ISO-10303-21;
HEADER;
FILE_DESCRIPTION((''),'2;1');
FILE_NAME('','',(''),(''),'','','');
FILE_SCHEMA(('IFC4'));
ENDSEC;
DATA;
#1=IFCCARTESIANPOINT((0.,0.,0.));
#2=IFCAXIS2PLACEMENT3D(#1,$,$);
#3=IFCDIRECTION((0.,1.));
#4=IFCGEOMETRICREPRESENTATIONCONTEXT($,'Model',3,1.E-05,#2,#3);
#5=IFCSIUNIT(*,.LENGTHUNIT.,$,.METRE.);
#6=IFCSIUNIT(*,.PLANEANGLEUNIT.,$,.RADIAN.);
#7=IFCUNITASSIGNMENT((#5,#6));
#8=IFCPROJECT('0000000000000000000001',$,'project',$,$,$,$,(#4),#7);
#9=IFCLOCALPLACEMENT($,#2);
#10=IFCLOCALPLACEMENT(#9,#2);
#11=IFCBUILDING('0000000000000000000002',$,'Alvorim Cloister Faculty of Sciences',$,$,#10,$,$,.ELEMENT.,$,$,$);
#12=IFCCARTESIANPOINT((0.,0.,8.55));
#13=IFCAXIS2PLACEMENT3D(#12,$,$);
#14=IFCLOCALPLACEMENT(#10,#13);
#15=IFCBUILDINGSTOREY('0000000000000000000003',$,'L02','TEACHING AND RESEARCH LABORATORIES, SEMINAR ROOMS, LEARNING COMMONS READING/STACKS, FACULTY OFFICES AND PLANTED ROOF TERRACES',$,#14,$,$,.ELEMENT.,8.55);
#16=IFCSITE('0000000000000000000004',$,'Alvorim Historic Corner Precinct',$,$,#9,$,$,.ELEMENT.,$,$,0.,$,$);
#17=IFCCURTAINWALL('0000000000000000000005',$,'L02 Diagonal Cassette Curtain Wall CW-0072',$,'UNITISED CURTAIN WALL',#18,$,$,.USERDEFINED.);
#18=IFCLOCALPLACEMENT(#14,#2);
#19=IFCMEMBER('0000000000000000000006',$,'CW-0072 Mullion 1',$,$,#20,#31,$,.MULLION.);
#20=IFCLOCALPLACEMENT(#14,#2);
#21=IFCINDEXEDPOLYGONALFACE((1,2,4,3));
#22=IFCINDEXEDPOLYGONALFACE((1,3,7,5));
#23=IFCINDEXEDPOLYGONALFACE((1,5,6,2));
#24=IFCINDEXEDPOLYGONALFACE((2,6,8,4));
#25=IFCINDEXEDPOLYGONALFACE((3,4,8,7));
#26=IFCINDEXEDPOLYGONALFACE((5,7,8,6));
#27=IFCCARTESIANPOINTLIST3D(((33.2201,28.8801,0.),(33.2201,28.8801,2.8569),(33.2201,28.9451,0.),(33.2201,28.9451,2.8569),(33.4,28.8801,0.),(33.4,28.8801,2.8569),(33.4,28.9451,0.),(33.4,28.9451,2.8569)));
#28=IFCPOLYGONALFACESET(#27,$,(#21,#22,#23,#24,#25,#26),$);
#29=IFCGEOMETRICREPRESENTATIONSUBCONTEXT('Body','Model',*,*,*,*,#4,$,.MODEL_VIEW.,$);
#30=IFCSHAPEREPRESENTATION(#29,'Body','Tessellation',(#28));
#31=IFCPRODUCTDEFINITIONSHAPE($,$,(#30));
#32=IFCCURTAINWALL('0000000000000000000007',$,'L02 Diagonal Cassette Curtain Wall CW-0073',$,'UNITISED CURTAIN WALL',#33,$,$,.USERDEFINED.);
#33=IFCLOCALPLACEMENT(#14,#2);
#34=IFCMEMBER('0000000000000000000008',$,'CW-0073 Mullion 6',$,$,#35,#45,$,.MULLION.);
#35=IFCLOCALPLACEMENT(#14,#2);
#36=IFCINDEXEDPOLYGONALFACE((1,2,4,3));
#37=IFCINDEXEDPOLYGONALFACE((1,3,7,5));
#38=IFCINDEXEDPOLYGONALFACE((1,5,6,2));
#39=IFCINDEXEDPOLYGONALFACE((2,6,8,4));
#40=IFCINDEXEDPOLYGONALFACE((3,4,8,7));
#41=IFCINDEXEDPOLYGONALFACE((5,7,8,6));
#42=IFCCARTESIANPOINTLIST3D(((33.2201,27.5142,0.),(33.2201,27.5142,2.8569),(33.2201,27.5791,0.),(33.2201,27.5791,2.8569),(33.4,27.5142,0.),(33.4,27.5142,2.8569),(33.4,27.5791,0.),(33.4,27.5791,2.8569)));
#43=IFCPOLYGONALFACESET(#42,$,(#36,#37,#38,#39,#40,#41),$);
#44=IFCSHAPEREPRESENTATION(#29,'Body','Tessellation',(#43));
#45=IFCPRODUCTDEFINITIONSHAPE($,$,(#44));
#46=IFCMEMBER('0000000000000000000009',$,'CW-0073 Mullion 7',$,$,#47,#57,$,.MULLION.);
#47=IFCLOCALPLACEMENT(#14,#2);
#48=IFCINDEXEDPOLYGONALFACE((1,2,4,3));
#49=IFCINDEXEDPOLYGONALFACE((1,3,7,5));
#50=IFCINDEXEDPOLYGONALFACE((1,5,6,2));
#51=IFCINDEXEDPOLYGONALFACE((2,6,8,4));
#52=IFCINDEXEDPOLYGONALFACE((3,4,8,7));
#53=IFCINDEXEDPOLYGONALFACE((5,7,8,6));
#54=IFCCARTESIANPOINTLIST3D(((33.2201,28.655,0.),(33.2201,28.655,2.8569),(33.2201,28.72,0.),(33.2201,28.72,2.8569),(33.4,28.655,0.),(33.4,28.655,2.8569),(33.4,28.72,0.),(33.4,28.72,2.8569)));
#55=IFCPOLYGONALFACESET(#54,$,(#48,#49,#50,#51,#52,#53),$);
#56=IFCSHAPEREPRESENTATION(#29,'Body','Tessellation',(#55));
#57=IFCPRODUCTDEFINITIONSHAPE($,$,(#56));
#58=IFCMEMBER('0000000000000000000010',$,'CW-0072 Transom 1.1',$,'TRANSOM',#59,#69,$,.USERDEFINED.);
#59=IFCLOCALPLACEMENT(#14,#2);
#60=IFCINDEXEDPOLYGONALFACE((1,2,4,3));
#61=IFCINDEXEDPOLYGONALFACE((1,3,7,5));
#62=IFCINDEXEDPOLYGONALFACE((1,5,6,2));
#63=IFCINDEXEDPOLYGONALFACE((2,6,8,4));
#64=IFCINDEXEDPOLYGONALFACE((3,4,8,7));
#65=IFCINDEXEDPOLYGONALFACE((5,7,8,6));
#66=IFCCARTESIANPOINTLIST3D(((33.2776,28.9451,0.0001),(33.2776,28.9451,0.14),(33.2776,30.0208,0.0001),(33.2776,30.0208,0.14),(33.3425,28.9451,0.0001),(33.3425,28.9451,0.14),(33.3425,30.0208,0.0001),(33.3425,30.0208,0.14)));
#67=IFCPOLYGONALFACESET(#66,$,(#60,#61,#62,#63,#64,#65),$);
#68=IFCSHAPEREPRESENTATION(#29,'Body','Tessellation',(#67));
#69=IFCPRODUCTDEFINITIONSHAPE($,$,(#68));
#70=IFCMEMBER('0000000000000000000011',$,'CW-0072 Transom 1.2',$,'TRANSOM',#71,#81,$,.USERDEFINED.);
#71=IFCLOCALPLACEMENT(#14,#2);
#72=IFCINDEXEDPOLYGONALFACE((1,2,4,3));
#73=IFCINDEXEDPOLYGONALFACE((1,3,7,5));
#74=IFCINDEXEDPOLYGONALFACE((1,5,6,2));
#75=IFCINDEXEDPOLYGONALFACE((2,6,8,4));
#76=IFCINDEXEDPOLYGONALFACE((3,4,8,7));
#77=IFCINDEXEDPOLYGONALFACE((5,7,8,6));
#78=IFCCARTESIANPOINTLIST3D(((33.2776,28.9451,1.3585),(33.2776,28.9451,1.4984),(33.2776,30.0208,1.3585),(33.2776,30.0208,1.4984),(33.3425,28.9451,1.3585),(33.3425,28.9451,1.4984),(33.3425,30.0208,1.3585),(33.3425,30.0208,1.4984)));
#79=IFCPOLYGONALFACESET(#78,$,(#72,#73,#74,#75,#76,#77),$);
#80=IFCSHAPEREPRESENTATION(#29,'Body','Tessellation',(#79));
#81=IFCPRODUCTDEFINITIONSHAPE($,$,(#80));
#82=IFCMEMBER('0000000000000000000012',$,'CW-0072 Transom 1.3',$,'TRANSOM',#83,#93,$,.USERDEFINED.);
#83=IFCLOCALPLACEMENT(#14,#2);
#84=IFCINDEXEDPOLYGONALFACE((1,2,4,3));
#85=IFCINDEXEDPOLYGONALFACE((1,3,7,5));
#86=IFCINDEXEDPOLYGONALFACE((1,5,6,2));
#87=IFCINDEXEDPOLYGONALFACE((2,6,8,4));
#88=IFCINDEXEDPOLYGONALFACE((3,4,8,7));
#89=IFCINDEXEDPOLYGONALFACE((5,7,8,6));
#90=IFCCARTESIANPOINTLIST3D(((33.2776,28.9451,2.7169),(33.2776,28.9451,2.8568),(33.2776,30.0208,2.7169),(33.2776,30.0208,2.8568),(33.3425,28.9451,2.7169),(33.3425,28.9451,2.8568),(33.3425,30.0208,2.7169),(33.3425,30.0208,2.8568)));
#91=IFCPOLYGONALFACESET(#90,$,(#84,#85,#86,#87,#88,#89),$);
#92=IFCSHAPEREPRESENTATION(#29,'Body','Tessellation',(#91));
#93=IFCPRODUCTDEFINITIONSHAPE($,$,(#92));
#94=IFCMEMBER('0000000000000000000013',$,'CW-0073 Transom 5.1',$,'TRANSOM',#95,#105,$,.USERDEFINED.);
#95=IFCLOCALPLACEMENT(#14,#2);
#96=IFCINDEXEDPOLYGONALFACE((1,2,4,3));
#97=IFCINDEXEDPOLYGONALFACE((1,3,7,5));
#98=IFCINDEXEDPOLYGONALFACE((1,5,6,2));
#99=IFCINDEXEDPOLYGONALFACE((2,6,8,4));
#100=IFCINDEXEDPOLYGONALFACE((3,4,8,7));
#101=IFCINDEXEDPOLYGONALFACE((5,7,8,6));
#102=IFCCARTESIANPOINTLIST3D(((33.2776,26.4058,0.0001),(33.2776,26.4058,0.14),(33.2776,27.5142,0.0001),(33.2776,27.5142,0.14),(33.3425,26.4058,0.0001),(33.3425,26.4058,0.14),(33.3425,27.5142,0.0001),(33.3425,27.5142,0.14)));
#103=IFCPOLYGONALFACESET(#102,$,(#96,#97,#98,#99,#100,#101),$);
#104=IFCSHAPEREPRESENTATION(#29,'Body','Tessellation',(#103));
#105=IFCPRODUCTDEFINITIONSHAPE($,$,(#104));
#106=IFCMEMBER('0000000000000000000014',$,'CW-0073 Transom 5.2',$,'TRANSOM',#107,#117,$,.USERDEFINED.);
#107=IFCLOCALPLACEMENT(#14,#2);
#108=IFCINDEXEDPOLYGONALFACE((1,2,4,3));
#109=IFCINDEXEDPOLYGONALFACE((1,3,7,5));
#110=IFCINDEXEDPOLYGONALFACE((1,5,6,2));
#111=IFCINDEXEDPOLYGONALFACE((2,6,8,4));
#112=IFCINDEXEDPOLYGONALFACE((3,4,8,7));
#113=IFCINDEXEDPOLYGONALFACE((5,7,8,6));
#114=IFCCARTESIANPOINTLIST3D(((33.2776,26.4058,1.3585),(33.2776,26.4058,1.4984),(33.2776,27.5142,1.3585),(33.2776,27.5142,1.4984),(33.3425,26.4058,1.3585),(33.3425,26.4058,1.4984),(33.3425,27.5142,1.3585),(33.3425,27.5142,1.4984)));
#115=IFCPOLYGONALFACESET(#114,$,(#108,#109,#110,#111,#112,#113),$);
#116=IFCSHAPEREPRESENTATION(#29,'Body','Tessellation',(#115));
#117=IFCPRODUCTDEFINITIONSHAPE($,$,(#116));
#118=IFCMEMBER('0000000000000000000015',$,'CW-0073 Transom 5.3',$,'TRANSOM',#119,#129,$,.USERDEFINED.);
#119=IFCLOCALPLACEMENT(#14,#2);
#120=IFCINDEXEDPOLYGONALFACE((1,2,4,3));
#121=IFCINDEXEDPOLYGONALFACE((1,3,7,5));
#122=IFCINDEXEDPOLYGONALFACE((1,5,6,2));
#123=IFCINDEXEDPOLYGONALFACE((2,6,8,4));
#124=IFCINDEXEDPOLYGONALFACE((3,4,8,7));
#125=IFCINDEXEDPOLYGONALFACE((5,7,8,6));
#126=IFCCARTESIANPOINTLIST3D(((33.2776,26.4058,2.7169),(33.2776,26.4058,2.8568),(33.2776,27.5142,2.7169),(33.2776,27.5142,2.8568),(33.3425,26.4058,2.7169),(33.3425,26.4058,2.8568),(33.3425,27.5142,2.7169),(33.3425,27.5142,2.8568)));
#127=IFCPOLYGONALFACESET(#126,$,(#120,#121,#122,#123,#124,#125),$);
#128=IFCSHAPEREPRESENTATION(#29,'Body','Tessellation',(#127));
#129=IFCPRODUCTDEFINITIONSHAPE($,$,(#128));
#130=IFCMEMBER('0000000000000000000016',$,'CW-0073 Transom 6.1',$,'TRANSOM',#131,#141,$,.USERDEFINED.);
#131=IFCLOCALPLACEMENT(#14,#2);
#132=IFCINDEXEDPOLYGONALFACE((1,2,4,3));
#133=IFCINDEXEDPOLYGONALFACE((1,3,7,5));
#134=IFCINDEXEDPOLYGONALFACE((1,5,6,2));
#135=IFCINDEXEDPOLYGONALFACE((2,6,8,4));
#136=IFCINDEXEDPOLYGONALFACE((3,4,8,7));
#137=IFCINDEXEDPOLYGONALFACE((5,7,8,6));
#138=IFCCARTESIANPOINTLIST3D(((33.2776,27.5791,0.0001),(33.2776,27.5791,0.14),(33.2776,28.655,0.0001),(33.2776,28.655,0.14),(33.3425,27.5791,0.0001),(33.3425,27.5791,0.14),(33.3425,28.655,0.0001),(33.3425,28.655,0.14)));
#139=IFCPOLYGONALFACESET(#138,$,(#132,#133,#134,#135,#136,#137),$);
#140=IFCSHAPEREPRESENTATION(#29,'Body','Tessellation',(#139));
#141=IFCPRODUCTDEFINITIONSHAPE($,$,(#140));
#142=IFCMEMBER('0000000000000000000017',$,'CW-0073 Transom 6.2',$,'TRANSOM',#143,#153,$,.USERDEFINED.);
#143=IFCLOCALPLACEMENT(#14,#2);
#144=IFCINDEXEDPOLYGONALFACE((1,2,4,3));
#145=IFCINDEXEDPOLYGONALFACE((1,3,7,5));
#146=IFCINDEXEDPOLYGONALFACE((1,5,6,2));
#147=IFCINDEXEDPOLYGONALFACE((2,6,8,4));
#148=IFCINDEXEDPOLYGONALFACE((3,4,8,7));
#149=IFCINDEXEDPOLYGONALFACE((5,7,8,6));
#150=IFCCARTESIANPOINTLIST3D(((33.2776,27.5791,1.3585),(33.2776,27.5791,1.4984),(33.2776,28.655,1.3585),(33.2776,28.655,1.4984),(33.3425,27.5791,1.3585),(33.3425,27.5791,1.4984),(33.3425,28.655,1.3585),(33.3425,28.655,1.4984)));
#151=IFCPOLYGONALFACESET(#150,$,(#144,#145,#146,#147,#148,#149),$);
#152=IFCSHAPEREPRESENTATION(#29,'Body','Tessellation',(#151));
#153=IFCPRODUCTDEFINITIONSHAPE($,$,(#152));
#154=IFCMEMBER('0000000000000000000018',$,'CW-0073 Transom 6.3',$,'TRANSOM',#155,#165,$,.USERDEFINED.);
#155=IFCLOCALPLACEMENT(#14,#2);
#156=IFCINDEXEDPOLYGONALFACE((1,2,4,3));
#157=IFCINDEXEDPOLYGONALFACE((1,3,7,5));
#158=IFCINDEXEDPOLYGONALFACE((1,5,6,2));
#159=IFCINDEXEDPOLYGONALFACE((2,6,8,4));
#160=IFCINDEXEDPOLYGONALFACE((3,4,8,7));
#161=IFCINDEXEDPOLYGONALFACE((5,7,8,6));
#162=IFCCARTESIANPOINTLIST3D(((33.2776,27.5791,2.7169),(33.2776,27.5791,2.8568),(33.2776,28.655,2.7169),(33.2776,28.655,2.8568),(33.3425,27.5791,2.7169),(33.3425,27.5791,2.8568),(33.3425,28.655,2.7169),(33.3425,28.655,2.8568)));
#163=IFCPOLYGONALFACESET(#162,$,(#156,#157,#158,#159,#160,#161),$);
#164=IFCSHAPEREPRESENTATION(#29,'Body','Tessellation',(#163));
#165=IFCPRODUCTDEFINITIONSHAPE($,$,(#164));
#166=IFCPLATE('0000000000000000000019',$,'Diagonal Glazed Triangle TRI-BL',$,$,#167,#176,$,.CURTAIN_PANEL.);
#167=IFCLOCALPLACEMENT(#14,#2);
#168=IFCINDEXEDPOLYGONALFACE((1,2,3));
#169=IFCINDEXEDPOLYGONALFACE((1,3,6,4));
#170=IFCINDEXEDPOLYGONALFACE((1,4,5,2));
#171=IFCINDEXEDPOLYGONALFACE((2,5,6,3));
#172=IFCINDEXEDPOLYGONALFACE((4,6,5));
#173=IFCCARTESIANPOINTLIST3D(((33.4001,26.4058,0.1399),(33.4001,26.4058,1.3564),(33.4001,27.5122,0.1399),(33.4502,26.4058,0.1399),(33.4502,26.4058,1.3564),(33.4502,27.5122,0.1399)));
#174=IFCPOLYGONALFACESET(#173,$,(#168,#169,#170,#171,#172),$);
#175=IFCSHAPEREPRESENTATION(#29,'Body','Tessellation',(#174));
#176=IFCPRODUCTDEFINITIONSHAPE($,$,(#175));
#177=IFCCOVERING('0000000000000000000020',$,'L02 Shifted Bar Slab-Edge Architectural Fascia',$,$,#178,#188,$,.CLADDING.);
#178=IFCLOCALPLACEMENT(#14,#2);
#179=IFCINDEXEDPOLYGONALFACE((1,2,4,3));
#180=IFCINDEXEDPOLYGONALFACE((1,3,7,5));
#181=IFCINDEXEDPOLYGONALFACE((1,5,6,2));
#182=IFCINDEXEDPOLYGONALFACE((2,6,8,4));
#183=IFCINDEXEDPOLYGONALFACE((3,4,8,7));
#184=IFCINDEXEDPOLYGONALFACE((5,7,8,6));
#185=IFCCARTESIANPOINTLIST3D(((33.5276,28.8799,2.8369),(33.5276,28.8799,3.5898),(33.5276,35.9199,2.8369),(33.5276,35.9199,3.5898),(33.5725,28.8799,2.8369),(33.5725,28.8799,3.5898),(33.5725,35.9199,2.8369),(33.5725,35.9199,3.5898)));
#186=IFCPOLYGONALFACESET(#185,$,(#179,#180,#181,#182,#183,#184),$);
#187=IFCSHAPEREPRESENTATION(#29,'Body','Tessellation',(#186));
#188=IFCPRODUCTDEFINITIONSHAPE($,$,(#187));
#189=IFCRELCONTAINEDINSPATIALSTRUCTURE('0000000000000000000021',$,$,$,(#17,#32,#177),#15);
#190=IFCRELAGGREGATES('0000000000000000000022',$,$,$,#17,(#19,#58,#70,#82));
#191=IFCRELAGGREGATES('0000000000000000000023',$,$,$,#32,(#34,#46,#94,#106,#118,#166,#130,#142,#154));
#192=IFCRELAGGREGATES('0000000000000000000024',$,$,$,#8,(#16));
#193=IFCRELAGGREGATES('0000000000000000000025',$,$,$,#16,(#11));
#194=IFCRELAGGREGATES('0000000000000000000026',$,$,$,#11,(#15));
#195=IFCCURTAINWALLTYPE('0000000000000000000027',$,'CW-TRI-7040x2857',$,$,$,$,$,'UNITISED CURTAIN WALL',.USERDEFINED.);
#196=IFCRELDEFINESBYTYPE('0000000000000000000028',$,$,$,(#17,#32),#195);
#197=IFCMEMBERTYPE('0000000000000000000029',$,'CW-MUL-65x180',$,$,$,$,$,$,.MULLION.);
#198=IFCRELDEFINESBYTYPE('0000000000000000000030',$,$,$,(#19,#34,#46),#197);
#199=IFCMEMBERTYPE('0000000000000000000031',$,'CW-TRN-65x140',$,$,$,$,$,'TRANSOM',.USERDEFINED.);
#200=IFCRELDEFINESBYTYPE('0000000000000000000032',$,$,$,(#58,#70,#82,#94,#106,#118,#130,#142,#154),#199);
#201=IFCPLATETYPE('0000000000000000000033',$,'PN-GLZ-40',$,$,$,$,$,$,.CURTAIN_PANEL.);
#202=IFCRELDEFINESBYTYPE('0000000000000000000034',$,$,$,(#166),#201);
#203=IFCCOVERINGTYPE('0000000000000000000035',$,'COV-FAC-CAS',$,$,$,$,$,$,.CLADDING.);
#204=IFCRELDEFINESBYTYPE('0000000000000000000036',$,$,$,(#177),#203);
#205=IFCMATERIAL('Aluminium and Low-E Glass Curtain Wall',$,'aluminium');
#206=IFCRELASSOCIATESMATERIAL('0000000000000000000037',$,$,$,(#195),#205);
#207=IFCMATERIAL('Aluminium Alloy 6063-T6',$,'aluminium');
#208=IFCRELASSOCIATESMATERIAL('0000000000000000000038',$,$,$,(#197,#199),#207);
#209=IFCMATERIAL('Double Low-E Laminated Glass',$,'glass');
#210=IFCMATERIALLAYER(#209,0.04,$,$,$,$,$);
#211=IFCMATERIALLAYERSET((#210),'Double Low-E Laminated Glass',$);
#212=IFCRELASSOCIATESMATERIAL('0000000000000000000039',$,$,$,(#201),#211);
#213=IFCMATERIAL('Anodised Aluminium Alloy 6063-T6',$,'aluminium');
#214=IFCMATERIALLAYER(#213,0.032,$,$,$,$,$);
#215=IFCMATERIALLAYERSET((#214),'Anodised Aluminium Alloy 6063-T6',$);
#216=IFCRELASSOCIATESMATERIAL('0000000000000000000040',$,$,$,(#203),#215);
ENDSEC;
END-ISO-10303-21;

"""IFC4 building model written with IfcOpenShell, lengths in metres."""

from ifc_helpers import new_model, si_unit, direction, frame, origin, origin_2d, place, context, subcontext, project, spatial, polyline, rectangle, outline, extrude, material, layer, layer_set, material_profile, profile_set, type_object, element, aggregate, save


model = new_model("IFC4")

# Units and contexts
model_context = context("Model", 3, precision=1e-05, world=origin(), true_north=direction((0.0, 1.0)))
body_context = subcontext(model_context, "Body", "Model", "MODEL_VIEW")
ifc_project = project(units=[si_unit("LENGTHUNIT", "METRE"), si_unit("PLANEANGLEUNIT", "RADIAN")], contexts=[model_context])

# Site, building, storey
site_placement = place(None, origin())
site = spatial("IfcSite", under=ifc_project, at=site_placement, Name="Alvorim Historic Corner Precinct", CompositionType="ELEMENT", RefElevation=0.0)
building_placement = place(site_placement, origin())
building = spatial("IfcBuilding", under=site, at=building_placement, Name="Alvorim Cloister Faculty of Sciences", CompositionType="ELEMENT")
storey_placement = place(building_placement, frame((0.0, 0.0, 8.55)))
storey = spatial("IfcBuildingStorey", under=building, at=storey_placement, Name="L02", Description="TEACHING AND RESEARCH LABORATORIES, SEMINAR ROOMS, LEARNING COMMONS READING/STACKS, FACULTY OFFICES AND PLANTED ROOF TERRACES", CompositionType="ELEMENT", Elevation=8.55)

# Curtain wall, member
ifc_material_1 = material(Name="Aluminium and Low-E Glass Curtain Wall", Category="aluminium")
curtain_wall_type = type_object("IfcCurtainWallType", Name="CW-TRI-7040x2857", ElementType="UNITISED CURTAIN WALL", PredefinedType="USERDEFINED", material=ifc_material_1)
curtain_wall_1_placement = place(storey_placement, origin())
curtain_wall_1 = element("IfcCurtainWall", 1, at=curtain_wall_1_placement, inside=storey, type_object=curtain_wall_type, Name="L02 Diagonal Cassette Curtain Wall CW-0072", ObjectType="UNITISED CURTAIN WALL", PredefinedType="USERDEFINED")
ifc_material_2 = material(Name="Aluminium Alloy 6063-T6", Category="aluminium")
ifc_material_profile_1 = material_profile(ifc_material_2, rectangle(XDim=0.0649, YDim=0.1799, at=origin_2d()), Name="ALU-MUL-65x180")
ifc_profile_set_1 = profile_set([ifc_material_profile_1], Name="Aluminium Alloy 6063-T6")
member_type_1 = type_object("IfcMemberType", Name="CW-MUL-65x180", PredefinedType="MULLION", material=ifc_profile_set_1)
member_1_placement = place(storey_placement, frame((33.3101, 28.9126, 0.0), z_axis=(0.0, 0.0, 1.0), x_axis=(0.0, 1.0, 0.0)))
member_1 = element("IfcMember", 2, at=member_1_placement, type_object=member_type_1, Name="CW-0072 Mullion 1", PredefinedType="MULLION", context=body_context, shape_type="SweptSolid", body=[
    extrude(rectangle(XDim=0.0649, YDim=0.1799, at=origin_2d()), origin(), (0.0, 0.0, 1.0), 2.8569),
])

# Curtain wall, members
curtain_wall_2_placement = place(storey_placement, origin())
curtain_wall_2 = element("IfcCurtainWall", 3, at=curtain_wall_2_placement, inside=storey, type_object=curtain_wall_type, Name="L02 Diagonal Cassette Curtain Wall CW-0073", ObjectType="UNITISED CURTAIN WALL", PredefinedType="USERDEFINED")
member_2_placement = place(storey_placement, frame((33.3101, 27.5466, 0.0), z_axis=(0.0, 0.0, 1.0), x_axis=(0.0, 1.0, 0.0)))
member_2 = element("IfcMember", 4, at=member_2_placement, type_object=member_type_1, Name="CW-0073 Mullion 6", PredefinedType="MULLION", context=body_context, shape_type="SweptSolid", body=[
    extrude(rectangle(XDim=0.0649, YDim=0.1799, at=origin_2d()), origin(), (0.0, 0.0, 1.0), 2.8569),
])
member_3_placement = place(storey_placement, frame((33.3101, 28.6875, 0.0), z_axis=(0.0, 0.0, 1.0), x_axis=(0.0, 1.0, 0.0)))
member_3 = element("IfcMember", 5, at=member_3_placement, type_object=member_type_1, Name="CW-0073 Mullion 7", PredefinedType="MULLION", context=body_context, shape_type="SweptSolid", body=[
    extrude(rectangle(XDim=0.0649, YDim=0.1799, at=origin_2d()), origin(), (0.0, 0.0, 1.0), 2.8569),
])

# Members
ifc_material_profile_2 = material_profile(ifc_material_2, rectangle(XDim=0.0649, YDim=0.1399, at=origin_2d()), Name="ALU-TRN-65x140")
ifc_profile_set_2 = profile_set([ifc_material_profile_2], Name="Aluminium Alloy 6063-T6")
member_type_2 = type_object("IfcMemberType", Name="CW-TRN-65x140", ElementType="TRANSOM", PredefinedType="USERDEFINED", material=ifc_profile_set_2)
member_4_placement = place(storey_placement, frame((33.3101, 28.9451, 0.0701), z_axis=(0.0, 1.0, 0.0), x_axis=(-1.0, 0.0, 0.0)))
member_4 = element("IfcMember", 6, at=member_4_placement, type_object=member_type_2, Name="CW-0072 Transom 1.1", ObjectType="TRANSOM", PredefinedType="USERDEFINED", context=body_context, shape_type="SweptSolid", body=[
    extrude(rectangle(XDim=0.0649, YDim=0.1399, at=origin_2d()), origin(), (0.0, 0.0, 1.0), 1.0757),
])
member_5_placement = place(storey_placement, frame((33.3101, 28.9451, 1.4285), z_axis=(0.0, 1.0, 0.0), x_axis=(-1.0, 0.0, 0.0)))
member_5 = element("IfcMember", 7, at=member_5_placement, type_object=member_type_2, Name="CW-0072 Transom 1.2", ObjectType="TRANSOM", PredefinedType="USERDEFINED", context=body_context, shape_type="SweptSolid", body=[
    extrude(rectangle(XDim=0.0649, YDim=0.1399, at=origin_2d()), origin(), (0.0, 0.0, 1.0), 1.0757),
])
member_6_placement = place(storey_placement, frame((33.3101, 28.9451, 2.7869), z_axis=(0.0, 1.0, 0.0), x_axis=(-1.0, 0.0, 0.0)))
member_6 = element("IfcMember", 8, at=member_6_placement, type_object=member_type_2, Name="CW-0072 Transom 1.3", ObjectType="TRANSOM", PredefinedType="USERDEFINED", context=body_context, shape_type="SweptSolid", body=[
    extrude(rectangle(XDim=0.0649, YDim=0.1399, at=origin_2d()), origin(), (0.0, 0.0, 1.0), 1.0757),
])
member_7_placement = place(storey_placement, frame((33.3101, 26.4058, 0.0701), z_axis=(0.0, 1.0, 0.0), x_axis=(-1.0, 0.0, 0.0)))
member_7 = element("IfcMember", 9, at=member_7_placement, type_object=member_type_2, Name="CW-0073 Transom 5.1", ObjectType="TRANSOM", PredefinedType="USERDEFINED", context=body_context, shape_type="SweptSolid", body=[
    extrude(rectangle(XDim=0.0649, YDim=0.1399, at=origin_2d()), origin(), (0.0, 0.0, 1.0), 1.1084),
])
member_8_placement = place(storey_placement, frame((33.3101, 26.4058, 1.4285), z_axis=(0.0, 1.0, 0.0), x_axis=(-1.0, 0.0, 0.0)))
member_8 = element("IfcMember", 10, at=member_8_placement, type_object=member_type_2, Name="CW-0073 Transom 5.2", ObjectType="TRANSOM", PredefinedType="USERDEFINED", context=body_context, shape_type="SweptSolid", body=[
    extrude(rectangle(XDim=0.0649, YDim=0.1399, at=origin_2d()), origin(), (0.0, 0.0, 1.0), 1.1084),
])
member_9_placement = place(storey_placement, frame((33.3101, 26.4058, 2.7869), z_axis=(0.0, 1.0, 0.0), x_axis=(-1.0, 0.0, 0.0)))
member_9 = element("IfcMember", 11, at=member_9_placement, type_object=member_type_2, Name="CW-0073 Transom 5.3", ObjectType="TRANSOM", PredefinedType="USERDEFINED", context=body_context, shape_type="SweptSolid", body=[
    extrude(rectangle(XDim=0.0649, YDim=0.1399, at=origin_2d()), origin(), (0.0, 0.0, 1.0), 1.1084),
])
member_10_placement = place(storey_placement, frame((33.3101, 27.5791, 0.0701), z_axis=(0.0, 1.0, 0.0), x_axis=(-1.0, 0.0, 0.0)))
member_10 = element("IfcMember", 12, at=member_10_placement, type_object=member_type_2, Name="CW-0073 Transom 6.1", ObjectType="TRANSOM", PredefinedType="USERDEFINED", context=body_context, shape_type="SweptSolid", body=[
    extrude(rectangle(XDim=0.0649, YDim=0.1399, at=origin_2d()), origin(), (0.0, 0.0, 1.0), 1.0759),
])
member_11_placement = place(storey_placement, frame((33.3101, 27.5791, 1.4285), z_axis=(0.0, 1.0, 0.0), x_axis=(-1.0, 0.0, 0.0)))
member_11 = element("IfcMember", 13, at=member_11_placement, type_object=member_type_2, Name="CW-0073 Transom 6.2", ObjectType="TRANSOM", PredefinedType="USERDEFINED", context=body_context, shape_type="SweptSolid", body=[
    extrude(rectangle(XDim=0.0649, YDim=0.1399, at=origin_2d()), origin(), (0.0, 0.0, 1.0), 1.0759),
])
member_12_placement = place(storey_placement, frame((33.3101, 27.5791, 2.7869), z_axis=(0.0, 1.0, 0.0), x_axis=(-1.0, 0.0, 0.0)))
member_12 = element("IfcMember", 14, at=member_12_placement, type_object=member_type_2, Name="CW-0073 Transom 6.3", ObjectType="TRANSOM", PredefinedType="USERDEFINED", context=body_context, shape_type="SweptSolid", body=[
    extrude(rectangle(XDim=0.0649, YDim=0.1399, at=origin_2d()), origin(), (0.0, 0.0, 1.0), 1.0759),
])

# Plate
ifc_material_3 = material(Name="Double Low-E Laminated Glass", Category="glass")
ifc_layer_1 = layer(ifc_material_3, 0.04)
ifc_layer_set_1 = layer_set([ifc_layer_1], Name="Double Low-E Laminated Glass")
plate_type = type_object("IfcPlateType", Name="PN-GLZ-40", PredefinedType="CURTAIN_PANEL", material=ifc_layer_set_1)
aggregate(curtain_wall_1, [member_1, member_4, member_5, member_6])
plate_1_placement = place(storey_placement, frame((33.425, 26.4058, 0.1399), z_axis=(0.0, 0.0, 1.0), x_axis=(0.0, 1.0, 0.0)))
plate_1 = element("IfcPlate", 15, at=plate_1_placement, type_object=plate_type, Name="Diagonal Glazed Triangle TRI-BL", PredefinedType="CURTAIN_PANEL", context=body_context, shape_type="SweptSolid", body=[
    extrude(outline(polyline([(0.0, 0.0), (1.1064, 0.0), (0.0, 1.2166), (0.0, 0.0)])), frame((0.0, 0.0249, 0.0), z_axis=(0.0, -1.0, 0.0), x_axis=(1.0, 0.0, 0.0)), (0.0, 0.0, 1.0), 0.05),
])
aggregate(curtain_wall_2, [member_2, member_3, member_7, member_8, member_9, plate_1, member_10, member_11, member_12])

# Covering
ifc_material_4 = material(Name="Anodised Aluminium Alloy 6063-T6", Category="aluminium")
ifc_layer_2 = layer(ifc_material_4, 0.032)
ifc_layer_set_2 = layer_set([ifc_layer_2], Name="Anodised Aluminium Alloy 6063-T6")
covering_type = type_object("IfcCoveringType", Name="COV-FAC-CAS", PredefinedType="CLADDING", material=ifc_layer_set_2)
covering_placement = place(storey_placement, frame((33.55, 28.8799, 2.8369), z_axis=(0.0, 0.0, 1.0), x_axis=(0.0, 1.0, 0.0)))
element("IfcCovering", 16, at=covering_placement, inside=storey, type_object=covering_type, Name="L02 Shifted Bar Slab-Edge Architectural Fascia", PredefinedType="CLADDING", context=body_context, shape_type="SweptSolid", body=[
    extrude(outline(polyline([(0.0, 0.0), (7.04, 0.0), (7.04, 0.7529), (0.0, 0.7529), (0.0, 0.0)])), frame((0.0, 0.0225, 0.0), z_axis=(0.0, -1.0, 0.0), x_axis=(1.0, 0.0, 0.0)), (0.0, 0.0, 1.0), 0.0449),
])

save(model, "model.ifc")
